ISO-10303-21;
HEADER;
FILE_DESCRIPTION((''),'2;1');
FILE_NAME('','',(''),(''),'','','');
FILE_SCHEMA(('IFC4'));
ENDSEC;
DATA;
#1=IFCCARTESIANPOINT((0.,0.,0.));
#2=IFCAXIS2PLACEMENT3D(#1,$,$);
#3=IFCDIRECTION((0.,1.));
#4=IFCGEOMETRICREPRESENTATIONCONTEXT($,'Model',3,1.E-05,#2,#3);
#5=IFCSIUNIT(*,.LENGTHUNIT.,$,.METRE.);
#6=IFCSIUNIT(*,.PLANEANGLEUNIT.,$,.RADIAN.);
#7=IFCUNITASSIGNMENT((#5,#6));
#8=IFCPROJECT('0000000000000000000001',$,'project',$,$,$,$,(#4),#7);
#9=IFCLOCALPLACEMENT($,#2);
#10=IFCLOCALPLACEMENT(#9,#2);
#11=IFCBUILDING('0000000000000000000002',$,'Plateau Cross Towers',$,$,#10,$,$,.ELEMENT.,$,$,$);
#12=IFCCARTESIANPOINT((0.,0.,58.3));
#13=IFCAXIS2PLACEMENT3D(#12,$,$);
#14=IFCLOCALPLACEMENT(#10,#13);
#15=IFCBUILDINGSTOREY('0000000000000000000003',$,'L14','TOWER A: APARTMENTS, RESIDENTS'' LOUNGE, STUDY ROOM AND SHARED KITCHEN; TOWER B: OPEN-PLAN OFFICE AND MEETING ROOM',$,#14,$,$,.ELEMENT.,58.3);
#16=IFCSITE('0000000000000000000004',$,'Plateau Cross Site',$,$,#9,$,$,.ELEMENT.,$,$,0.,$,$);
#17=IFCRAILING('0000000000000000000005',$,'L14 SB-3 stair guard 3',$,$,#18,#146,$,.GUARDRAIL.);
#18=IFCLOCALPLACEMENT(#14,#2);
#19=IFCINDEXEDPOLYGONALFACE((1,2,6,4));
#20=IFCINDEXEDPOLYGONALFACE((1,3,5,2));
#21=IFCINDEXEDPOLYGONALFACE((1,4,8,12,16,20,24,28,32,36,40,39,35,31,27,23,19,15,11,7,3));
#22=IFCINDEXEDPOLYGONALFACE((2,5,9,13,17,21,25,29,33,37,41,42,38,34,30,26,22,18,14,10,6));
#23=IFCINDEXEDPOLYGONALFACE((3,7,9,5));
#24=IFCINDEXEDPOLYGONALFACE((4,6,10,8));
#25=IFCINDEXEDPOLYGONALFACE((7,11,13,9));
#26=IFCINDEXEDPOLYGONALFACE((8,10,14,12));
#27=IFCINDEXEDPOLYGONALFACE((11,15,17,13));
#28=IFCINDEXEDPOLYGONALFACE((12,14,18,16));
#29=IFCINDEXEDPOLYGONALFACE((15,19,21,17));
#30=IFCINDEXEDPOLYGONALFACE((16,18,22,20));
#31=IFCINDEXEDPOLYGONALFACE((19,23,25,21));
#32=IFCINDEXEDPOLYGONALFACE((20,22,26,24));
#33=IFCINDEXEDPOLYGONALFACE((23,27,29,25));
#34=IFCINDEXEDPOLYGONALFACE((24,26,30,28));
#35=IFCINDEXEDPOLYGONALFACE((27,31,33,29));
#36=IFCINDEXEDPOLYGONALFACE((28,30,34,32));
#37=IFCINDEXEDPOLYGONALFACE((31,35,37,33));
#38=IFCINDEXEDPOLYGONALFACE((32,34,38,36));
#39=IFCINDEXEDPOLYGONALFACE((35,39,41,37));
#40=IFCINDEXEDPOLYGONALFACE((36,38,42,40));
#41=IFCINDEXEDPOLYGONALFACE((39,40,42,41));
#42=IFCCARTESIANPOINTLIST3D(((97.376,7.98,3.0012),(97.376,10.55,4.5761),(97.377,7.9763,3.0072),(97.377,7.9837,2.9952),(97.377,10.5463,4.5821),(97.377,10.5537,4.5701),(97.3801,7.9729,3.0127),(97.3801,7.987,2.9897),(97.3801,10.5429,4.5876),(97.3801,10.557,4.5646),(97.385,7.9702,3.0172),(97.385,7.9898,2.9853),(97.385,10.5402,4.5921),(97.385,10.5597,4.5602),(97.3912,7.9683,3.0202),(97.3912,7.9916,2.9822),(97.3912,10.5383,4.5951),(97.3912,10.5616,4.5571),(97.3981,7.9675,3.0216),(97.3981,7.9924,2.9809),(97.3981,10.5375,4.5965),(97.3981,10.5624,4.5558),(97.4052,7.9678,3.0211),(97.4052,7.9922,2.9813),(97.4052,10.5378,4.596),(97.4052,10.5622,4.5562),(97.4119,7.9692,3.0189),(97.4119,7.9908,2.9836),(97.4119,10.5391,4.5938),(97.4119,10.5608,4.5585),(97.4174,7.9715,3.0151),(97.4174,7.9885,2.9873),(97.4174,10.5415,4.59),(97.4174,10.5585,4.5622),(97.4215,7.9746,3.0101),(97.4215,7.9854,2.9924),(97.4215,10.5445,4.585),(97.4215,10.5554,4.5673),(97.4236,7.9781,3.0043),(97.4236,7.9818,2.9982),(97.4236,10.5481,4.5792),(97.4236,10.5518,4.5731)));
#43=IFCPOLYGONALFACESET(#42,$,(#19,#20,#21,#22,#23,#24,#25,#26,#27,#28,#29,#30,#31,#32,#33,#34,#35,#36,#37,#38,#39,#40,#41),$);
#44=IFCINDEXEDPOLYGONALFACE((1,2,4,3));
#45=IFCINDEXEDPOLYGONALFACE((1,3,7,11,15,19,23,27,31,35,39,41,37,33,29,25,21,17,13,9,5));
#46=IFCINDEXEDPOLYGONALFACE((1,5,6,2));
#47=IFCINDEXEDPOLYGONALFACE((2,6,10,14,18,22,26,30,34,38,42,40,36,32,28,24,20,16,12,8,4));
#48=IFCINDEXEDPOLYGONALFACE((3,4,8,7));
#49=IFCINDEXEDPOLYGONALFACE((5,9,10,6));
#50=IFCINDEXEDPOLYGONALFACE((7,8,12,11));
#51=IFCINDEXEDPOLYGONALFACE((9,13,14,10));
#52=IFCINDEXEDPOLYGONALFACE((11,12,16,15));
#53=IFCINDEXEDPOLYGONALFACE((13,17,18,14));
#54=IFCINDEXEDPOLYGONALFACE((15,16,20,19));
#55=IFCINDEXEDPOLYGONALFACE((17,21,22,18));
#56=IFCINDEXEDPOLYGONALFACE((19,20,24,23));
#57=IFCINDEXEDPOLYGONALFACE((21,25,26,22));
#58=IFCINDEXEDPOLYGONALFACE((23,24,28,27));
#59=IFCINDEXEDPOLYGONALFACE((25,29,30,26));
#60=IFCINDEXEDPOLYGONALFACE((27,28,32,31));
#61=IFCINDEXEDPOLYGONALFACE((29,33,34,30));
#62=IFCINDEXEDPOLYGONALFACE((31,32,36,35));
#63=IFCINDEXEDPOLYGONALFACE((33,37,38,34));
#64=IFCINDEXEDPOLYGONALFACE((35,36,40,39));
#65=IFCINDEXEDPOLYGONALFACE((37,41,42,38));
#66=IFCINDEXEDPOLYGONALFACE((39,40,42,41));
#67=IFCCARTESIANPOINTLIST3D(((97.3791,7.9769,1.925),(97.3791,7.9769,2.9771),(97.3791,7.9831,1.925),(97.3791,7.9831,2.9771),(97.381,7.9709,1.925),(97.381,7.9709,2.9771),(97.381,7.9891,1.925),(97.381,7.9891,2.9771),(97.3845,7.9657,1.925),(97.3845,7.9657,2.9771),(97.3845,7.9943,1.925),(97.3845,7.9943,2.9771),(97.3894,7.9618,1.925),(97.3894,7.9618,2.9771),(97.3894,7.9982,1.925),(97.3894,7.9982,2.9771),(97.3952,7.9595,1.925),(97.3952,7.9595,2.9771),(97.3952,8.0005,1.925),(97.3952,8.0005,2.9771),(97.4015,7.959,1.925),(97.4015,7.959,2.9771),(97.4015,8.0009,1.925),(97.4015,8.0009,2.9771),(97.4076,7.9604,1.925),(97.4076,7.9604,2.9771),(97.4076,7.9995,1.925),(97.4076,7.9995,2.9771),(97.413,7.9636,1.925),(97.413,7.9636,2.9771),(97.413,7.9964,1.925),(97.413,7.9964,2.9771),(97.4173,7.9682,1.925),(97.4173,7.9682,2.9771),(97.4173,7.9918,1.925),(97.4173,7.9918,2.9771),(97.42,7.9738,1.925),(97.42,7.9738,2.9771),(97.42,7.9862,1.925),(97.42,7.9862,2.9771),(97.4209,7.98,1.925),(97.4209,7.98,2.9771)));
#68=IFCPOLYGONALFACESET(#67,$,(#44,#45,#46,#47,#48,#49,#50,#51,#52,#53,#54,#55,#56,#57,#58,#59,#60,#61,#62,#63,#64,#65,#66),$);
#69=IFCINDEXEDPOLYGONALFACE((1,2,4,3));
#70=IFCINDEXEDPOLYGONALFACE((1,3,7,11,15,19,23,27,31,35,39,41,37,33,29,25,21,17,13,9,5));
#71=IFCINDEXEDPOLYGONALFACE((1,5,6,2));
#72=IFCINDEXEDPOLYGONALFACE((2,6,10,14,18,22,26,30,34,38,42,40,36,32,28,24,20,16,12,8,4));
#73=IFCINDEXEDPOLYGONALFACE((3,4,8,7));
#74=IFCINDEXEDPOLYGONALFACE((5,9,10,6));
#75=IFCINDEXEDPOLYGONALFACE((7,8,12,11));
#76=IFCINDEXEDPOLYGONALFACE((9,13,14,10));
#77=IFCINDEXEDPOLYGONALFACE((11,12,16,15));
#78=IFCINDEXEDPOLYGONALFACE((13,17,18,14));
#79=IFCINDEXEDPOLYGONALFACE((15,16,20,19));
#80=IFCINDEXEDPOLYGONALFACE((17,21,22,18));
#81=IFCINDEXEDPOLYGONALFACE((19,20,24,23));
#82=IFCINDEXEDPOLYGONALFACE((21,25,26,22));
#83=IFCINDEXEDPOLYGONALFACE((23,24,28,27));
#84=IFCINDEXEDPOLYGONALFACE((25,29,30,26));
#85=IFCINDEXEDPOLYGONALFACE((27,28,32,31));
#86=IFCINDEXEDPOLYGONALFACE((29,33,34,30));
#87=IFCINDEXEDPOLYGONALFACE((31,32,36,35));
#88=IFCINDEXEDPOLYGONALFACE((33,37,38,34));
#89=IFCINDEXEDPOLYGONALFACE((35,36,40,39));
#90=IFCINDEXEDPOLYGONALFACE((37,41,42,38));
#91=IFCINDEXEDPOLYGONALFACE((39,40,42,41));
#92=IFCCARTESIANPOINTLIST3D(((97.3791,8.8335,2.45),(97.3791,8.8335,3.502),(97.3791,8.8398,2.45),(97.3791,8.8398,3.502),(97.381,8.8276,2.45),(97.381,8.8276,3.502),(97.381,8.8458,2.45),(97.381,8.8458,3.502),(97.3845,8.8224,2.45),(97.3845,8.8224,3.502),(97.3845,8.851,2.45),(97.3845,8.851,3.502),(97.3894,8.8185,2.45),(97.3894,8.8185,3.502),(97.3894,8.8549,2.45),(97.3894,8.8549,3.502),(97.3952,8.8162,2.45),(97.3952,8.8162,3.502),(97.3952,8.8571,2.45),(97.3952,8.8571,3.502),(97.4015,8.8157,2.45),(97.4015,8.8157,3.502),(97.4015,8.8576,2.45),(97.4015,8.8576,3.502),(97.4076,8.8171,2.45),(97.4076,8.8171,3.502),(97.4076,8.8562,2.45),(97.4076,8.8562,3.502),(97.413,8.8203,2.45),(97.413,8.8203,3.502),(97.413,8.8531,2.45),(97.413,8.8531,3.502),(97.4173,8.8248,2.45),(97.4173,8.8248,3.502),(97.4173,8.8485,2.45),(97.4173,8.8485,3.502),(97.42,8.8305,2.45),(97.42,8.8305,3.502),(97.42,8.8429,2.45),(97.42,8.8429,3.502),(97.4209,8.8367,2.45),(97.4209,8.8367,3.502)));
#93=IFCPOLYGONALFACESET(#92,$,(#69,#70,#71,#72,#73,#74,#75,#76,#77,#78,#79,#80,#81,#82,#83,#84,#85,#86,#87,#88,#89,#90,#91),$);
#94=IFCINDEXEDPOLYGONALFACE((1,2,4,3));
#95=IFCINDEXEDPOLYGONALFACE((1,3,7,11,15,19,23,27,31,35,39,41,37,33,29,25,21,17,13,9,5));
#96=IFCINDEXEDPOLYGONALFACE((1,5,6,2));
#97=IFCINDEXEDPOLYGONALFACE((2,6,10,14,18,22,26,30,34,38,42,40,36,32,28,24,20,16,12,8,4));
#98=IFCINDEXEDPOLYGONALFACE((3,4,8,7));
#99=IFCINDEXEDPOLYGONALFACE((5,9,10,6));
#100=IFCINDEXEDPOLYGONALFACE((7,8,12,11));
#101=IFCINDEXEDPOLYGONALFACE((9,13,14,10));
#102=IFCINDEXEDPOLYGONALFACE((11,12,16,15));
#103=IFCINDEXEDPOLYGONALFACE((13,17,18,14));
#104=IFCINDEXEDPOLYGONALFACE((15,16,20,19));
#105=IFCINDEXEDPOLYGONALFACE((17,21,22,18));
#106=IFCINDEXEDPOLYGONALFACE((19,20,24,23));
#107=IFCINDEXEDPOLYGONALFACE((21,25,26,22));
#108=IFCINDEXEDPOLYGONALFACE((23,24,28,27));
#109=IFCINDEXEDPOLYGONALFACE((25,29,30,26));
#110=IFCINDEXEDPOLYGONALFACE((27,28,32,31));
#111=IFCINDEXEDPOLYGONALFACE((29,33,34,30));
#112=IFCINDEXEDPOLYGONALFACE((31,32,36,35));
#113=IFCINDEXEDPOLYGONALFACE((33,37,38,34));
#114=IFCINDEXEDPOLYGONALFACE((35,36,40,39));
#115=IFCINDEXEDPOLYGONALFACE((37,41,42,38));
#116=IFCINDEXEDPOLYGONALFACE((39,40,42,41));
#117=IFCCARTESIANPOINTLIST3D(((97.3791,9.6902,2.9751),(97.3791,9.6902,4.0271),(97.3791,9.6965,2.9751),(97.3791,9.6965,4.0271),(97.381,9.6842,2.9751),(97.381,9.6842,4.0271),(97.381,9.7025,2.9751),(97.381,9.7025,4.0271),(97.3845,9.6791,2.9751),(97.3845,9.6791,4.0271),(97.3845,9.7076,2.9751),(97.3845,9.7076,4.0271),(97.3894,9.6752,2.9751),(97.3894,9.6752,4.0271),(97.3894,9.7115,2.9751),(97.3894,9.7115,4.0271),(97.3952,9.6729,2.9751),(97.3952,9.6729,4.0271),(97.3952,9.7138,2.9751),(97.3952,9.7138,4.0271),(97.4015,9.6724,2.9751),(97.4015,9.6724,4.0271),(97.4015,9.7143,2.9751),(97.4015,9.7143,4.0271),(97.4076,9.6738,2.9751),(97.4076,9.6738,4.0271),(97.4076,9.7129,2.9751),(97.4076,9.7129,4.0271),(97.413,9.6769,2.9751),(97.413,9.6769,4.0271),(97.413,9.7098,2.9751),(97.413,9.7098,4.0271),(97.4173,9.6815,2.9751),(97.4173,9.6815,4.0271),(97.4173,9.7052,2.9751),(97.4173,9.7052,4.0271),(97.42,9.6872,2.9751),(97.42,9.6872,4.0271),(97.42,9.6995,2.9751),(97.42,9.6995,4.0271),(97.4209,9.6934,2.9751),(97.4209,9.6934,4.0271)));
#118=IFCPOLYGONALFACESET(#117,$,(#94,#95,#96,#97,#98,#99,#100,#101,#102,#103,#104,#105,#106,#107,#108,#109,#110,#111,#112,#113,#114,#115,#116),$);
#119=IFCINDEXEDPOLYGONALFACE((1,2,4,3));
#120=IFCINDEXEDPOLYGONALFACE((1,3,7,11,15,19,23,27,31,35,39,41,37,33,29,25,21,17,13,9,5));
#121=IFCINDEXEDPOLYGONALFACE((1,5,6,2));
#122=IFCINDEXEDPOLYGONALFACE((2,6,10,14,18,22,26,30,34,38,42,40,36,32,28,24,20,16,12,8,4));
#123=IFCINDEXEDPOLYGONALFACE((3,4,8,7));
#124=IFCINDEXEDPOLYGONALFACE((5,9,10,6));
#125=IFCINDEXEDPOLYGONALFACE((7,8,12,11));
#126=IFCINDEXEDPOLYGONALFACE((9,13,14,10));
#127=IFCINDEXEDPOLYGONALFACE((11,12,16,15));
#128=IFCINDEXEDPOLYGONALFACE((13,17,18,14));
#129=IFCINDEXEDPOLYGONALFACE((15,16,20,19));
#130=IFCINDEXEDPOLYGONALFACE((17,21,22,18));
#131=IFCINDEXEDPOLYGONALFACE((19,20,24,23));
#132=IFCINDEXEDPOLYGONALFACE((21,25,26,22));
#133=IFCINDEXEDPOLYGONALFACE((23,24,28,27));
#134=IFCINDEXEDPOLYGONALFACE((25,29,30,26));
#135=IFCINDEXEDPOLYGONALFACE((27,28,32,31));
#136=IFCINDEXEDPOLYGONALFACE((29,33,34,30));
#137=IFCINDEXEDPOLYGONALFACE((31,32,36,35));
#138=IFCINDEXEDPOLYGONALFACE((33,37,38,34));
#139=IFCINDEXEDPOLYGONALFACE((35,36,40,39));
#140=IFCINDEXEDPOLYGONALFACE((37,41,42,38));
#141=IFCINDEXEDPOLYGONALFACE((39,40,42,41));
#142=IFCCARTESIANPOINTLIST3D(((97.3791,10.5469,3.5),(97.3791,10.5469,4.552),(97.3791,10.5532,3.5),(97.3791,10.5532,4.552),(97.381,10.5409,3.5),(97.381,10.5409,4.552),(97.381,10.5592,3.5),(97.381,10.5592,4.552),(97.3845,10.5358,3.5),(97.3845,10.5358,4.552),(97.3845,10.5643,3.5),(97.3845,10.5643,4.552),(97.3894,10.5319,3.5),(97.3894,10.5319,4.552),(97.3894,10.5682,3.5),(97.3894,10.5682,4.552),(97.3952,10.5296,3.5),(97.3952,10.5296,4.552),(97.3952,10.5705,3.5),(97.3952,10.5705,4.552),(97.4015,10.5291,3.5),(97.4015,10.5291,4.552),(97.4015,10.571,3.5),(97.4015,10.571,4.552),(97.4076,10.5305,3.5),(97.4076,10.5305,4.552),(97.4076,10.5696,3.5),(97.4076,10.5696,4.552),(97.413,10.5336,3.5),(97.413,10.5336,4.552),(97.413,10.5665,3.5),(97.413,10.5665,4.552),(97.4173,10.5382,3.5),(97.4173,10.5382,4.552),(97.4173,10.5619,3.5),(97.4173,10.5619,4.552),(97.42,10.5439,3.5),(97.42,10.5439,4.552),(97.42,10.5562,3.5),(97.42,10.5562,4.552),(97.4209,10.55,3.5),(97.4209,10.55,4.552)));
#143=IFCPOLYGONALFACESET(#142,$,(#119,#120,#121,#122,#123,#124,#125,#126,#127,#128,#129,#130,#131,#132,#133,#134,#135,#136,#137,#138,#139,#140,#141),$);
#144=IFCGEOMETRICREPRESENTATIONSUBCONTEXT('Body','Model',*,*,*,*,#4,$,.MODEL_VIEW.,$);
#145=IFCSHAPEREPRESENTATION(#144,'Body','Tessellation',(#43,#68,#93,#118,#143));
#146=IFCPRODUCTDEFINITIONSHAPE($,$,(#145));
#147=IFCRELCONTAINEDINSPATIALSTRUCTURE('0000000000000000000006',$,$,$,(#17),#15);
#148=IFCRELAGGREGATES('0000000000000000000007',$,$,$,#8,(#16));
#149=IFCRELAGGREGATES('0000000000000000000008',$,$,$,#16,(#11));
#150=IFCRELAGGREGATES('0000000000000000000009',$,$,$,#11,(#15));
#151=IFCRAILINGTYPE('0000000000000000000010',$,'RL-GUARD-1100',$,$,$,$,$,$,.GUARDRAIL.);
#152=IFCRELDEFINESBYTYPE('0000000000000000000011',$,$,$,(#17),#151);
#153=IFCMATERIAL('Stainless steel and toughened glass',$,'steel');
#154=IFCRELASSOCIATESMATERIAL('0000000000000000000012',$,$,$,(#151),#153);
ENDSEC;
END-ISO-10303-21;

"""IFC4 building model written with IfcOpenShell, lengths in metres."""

from ifc_helpers import new_model, si_unit, direction, frame, origin, origin_2d, place, context, subcontext, project, spatial, circle, extrude, material, type_object, element, save


model = new_model("IFC4")

# Units and contexts
model_context = context("Model", 3, precision=1e-05, world=origin(), true_north=direction((0.0, 1.0)))
body_context = subcontext(model_context, "Body", "Model", "MODEL_VIEW")
ifc_project = project(units=[si_unit("LENGTHUNIT", "METRE"), si_unit("PLANEANGLEUNIT", "RADIAN")], contexts=[model_context])

# Site, building, storey
site_placement = place(None, origin())
site = spatial("IfcSite", under=ifc_project, at=site_placement, Name="Plateau Cross Site", CompositionType="ELEMENT", RefElevation=0.0)
building_placement = place(site_placement, origin())
building = spatial("IfcBuilding", under=site, at=building_placement, Name="Plateau Cross Towers", CompositionType="ELEMENT")
storey_placement = place(building_placement, frame((0.0, 0.0, 58.3)))
storey = spatial("IfcBuildingStorey", under=building, at=storey_placement, Name="L14", Description="TOWER A: APARTMENTS, RESIDENTS' LOUNGE, STUDY ROOM AND SHARED KITCHEN; TOWER B: OPEN-PLAN OFFICE AND MEETING ROOM", CompositionType="ELEMENT", Elevation=58.3)

# Railing
ifc_material_1 = material(Name="Stainless steel and toughened glass", Category="steel")
railing_type_1 = type_object("IfcRailingType", Name="RL-GUARD-1100", PredefinedType="GUARDRAIL", material=ifc_material_1)
railing_1_placement = place(storey_placement, frame((97.3999, 7.98, 1.925)))
element("IfcRailing", 1, at=railing_1_placement, inside=storey, type_object=railing_type_1, Name="L14 SB-3 stair guard 3", PredefinedType="GUARDRAIL", context=body_context, shape_type="SweptSolid", body=[
    extrude(circle(Radius=0.0239, at=origin_2d()), frame((0.0, 0.0, 1.0762), z_axis=(0.0, 0.852639, 0.522501), x_axis=(-1.0, 0.0, 0.0)), (0.0, 0.0, 1.0), 3.0142),
    extrude(circle(Radius=0.021, at=origin_2d()), origin(), (0.0, 0.0, 1.0), 1.052),
    extrude(circle(Radius=0.021, at=origin_2d()), frame((0.0, 0.8567, 0.5249)), (0.0, 0.0, 1.0), 1.052),
    extrude(circle(Radius=0.021, at=origin_2d()), frame((0.0, 1.7134, 1.05)), (0.0, 0.0, 1.0), 1.052),
    extrude(circle(Radius=0.021, at=origin_2d()), frame((0.0, 2.5701, 1.575)), (0.0, 0.0, 1.0), 1.052),
])

save(model, "model.ifc")
